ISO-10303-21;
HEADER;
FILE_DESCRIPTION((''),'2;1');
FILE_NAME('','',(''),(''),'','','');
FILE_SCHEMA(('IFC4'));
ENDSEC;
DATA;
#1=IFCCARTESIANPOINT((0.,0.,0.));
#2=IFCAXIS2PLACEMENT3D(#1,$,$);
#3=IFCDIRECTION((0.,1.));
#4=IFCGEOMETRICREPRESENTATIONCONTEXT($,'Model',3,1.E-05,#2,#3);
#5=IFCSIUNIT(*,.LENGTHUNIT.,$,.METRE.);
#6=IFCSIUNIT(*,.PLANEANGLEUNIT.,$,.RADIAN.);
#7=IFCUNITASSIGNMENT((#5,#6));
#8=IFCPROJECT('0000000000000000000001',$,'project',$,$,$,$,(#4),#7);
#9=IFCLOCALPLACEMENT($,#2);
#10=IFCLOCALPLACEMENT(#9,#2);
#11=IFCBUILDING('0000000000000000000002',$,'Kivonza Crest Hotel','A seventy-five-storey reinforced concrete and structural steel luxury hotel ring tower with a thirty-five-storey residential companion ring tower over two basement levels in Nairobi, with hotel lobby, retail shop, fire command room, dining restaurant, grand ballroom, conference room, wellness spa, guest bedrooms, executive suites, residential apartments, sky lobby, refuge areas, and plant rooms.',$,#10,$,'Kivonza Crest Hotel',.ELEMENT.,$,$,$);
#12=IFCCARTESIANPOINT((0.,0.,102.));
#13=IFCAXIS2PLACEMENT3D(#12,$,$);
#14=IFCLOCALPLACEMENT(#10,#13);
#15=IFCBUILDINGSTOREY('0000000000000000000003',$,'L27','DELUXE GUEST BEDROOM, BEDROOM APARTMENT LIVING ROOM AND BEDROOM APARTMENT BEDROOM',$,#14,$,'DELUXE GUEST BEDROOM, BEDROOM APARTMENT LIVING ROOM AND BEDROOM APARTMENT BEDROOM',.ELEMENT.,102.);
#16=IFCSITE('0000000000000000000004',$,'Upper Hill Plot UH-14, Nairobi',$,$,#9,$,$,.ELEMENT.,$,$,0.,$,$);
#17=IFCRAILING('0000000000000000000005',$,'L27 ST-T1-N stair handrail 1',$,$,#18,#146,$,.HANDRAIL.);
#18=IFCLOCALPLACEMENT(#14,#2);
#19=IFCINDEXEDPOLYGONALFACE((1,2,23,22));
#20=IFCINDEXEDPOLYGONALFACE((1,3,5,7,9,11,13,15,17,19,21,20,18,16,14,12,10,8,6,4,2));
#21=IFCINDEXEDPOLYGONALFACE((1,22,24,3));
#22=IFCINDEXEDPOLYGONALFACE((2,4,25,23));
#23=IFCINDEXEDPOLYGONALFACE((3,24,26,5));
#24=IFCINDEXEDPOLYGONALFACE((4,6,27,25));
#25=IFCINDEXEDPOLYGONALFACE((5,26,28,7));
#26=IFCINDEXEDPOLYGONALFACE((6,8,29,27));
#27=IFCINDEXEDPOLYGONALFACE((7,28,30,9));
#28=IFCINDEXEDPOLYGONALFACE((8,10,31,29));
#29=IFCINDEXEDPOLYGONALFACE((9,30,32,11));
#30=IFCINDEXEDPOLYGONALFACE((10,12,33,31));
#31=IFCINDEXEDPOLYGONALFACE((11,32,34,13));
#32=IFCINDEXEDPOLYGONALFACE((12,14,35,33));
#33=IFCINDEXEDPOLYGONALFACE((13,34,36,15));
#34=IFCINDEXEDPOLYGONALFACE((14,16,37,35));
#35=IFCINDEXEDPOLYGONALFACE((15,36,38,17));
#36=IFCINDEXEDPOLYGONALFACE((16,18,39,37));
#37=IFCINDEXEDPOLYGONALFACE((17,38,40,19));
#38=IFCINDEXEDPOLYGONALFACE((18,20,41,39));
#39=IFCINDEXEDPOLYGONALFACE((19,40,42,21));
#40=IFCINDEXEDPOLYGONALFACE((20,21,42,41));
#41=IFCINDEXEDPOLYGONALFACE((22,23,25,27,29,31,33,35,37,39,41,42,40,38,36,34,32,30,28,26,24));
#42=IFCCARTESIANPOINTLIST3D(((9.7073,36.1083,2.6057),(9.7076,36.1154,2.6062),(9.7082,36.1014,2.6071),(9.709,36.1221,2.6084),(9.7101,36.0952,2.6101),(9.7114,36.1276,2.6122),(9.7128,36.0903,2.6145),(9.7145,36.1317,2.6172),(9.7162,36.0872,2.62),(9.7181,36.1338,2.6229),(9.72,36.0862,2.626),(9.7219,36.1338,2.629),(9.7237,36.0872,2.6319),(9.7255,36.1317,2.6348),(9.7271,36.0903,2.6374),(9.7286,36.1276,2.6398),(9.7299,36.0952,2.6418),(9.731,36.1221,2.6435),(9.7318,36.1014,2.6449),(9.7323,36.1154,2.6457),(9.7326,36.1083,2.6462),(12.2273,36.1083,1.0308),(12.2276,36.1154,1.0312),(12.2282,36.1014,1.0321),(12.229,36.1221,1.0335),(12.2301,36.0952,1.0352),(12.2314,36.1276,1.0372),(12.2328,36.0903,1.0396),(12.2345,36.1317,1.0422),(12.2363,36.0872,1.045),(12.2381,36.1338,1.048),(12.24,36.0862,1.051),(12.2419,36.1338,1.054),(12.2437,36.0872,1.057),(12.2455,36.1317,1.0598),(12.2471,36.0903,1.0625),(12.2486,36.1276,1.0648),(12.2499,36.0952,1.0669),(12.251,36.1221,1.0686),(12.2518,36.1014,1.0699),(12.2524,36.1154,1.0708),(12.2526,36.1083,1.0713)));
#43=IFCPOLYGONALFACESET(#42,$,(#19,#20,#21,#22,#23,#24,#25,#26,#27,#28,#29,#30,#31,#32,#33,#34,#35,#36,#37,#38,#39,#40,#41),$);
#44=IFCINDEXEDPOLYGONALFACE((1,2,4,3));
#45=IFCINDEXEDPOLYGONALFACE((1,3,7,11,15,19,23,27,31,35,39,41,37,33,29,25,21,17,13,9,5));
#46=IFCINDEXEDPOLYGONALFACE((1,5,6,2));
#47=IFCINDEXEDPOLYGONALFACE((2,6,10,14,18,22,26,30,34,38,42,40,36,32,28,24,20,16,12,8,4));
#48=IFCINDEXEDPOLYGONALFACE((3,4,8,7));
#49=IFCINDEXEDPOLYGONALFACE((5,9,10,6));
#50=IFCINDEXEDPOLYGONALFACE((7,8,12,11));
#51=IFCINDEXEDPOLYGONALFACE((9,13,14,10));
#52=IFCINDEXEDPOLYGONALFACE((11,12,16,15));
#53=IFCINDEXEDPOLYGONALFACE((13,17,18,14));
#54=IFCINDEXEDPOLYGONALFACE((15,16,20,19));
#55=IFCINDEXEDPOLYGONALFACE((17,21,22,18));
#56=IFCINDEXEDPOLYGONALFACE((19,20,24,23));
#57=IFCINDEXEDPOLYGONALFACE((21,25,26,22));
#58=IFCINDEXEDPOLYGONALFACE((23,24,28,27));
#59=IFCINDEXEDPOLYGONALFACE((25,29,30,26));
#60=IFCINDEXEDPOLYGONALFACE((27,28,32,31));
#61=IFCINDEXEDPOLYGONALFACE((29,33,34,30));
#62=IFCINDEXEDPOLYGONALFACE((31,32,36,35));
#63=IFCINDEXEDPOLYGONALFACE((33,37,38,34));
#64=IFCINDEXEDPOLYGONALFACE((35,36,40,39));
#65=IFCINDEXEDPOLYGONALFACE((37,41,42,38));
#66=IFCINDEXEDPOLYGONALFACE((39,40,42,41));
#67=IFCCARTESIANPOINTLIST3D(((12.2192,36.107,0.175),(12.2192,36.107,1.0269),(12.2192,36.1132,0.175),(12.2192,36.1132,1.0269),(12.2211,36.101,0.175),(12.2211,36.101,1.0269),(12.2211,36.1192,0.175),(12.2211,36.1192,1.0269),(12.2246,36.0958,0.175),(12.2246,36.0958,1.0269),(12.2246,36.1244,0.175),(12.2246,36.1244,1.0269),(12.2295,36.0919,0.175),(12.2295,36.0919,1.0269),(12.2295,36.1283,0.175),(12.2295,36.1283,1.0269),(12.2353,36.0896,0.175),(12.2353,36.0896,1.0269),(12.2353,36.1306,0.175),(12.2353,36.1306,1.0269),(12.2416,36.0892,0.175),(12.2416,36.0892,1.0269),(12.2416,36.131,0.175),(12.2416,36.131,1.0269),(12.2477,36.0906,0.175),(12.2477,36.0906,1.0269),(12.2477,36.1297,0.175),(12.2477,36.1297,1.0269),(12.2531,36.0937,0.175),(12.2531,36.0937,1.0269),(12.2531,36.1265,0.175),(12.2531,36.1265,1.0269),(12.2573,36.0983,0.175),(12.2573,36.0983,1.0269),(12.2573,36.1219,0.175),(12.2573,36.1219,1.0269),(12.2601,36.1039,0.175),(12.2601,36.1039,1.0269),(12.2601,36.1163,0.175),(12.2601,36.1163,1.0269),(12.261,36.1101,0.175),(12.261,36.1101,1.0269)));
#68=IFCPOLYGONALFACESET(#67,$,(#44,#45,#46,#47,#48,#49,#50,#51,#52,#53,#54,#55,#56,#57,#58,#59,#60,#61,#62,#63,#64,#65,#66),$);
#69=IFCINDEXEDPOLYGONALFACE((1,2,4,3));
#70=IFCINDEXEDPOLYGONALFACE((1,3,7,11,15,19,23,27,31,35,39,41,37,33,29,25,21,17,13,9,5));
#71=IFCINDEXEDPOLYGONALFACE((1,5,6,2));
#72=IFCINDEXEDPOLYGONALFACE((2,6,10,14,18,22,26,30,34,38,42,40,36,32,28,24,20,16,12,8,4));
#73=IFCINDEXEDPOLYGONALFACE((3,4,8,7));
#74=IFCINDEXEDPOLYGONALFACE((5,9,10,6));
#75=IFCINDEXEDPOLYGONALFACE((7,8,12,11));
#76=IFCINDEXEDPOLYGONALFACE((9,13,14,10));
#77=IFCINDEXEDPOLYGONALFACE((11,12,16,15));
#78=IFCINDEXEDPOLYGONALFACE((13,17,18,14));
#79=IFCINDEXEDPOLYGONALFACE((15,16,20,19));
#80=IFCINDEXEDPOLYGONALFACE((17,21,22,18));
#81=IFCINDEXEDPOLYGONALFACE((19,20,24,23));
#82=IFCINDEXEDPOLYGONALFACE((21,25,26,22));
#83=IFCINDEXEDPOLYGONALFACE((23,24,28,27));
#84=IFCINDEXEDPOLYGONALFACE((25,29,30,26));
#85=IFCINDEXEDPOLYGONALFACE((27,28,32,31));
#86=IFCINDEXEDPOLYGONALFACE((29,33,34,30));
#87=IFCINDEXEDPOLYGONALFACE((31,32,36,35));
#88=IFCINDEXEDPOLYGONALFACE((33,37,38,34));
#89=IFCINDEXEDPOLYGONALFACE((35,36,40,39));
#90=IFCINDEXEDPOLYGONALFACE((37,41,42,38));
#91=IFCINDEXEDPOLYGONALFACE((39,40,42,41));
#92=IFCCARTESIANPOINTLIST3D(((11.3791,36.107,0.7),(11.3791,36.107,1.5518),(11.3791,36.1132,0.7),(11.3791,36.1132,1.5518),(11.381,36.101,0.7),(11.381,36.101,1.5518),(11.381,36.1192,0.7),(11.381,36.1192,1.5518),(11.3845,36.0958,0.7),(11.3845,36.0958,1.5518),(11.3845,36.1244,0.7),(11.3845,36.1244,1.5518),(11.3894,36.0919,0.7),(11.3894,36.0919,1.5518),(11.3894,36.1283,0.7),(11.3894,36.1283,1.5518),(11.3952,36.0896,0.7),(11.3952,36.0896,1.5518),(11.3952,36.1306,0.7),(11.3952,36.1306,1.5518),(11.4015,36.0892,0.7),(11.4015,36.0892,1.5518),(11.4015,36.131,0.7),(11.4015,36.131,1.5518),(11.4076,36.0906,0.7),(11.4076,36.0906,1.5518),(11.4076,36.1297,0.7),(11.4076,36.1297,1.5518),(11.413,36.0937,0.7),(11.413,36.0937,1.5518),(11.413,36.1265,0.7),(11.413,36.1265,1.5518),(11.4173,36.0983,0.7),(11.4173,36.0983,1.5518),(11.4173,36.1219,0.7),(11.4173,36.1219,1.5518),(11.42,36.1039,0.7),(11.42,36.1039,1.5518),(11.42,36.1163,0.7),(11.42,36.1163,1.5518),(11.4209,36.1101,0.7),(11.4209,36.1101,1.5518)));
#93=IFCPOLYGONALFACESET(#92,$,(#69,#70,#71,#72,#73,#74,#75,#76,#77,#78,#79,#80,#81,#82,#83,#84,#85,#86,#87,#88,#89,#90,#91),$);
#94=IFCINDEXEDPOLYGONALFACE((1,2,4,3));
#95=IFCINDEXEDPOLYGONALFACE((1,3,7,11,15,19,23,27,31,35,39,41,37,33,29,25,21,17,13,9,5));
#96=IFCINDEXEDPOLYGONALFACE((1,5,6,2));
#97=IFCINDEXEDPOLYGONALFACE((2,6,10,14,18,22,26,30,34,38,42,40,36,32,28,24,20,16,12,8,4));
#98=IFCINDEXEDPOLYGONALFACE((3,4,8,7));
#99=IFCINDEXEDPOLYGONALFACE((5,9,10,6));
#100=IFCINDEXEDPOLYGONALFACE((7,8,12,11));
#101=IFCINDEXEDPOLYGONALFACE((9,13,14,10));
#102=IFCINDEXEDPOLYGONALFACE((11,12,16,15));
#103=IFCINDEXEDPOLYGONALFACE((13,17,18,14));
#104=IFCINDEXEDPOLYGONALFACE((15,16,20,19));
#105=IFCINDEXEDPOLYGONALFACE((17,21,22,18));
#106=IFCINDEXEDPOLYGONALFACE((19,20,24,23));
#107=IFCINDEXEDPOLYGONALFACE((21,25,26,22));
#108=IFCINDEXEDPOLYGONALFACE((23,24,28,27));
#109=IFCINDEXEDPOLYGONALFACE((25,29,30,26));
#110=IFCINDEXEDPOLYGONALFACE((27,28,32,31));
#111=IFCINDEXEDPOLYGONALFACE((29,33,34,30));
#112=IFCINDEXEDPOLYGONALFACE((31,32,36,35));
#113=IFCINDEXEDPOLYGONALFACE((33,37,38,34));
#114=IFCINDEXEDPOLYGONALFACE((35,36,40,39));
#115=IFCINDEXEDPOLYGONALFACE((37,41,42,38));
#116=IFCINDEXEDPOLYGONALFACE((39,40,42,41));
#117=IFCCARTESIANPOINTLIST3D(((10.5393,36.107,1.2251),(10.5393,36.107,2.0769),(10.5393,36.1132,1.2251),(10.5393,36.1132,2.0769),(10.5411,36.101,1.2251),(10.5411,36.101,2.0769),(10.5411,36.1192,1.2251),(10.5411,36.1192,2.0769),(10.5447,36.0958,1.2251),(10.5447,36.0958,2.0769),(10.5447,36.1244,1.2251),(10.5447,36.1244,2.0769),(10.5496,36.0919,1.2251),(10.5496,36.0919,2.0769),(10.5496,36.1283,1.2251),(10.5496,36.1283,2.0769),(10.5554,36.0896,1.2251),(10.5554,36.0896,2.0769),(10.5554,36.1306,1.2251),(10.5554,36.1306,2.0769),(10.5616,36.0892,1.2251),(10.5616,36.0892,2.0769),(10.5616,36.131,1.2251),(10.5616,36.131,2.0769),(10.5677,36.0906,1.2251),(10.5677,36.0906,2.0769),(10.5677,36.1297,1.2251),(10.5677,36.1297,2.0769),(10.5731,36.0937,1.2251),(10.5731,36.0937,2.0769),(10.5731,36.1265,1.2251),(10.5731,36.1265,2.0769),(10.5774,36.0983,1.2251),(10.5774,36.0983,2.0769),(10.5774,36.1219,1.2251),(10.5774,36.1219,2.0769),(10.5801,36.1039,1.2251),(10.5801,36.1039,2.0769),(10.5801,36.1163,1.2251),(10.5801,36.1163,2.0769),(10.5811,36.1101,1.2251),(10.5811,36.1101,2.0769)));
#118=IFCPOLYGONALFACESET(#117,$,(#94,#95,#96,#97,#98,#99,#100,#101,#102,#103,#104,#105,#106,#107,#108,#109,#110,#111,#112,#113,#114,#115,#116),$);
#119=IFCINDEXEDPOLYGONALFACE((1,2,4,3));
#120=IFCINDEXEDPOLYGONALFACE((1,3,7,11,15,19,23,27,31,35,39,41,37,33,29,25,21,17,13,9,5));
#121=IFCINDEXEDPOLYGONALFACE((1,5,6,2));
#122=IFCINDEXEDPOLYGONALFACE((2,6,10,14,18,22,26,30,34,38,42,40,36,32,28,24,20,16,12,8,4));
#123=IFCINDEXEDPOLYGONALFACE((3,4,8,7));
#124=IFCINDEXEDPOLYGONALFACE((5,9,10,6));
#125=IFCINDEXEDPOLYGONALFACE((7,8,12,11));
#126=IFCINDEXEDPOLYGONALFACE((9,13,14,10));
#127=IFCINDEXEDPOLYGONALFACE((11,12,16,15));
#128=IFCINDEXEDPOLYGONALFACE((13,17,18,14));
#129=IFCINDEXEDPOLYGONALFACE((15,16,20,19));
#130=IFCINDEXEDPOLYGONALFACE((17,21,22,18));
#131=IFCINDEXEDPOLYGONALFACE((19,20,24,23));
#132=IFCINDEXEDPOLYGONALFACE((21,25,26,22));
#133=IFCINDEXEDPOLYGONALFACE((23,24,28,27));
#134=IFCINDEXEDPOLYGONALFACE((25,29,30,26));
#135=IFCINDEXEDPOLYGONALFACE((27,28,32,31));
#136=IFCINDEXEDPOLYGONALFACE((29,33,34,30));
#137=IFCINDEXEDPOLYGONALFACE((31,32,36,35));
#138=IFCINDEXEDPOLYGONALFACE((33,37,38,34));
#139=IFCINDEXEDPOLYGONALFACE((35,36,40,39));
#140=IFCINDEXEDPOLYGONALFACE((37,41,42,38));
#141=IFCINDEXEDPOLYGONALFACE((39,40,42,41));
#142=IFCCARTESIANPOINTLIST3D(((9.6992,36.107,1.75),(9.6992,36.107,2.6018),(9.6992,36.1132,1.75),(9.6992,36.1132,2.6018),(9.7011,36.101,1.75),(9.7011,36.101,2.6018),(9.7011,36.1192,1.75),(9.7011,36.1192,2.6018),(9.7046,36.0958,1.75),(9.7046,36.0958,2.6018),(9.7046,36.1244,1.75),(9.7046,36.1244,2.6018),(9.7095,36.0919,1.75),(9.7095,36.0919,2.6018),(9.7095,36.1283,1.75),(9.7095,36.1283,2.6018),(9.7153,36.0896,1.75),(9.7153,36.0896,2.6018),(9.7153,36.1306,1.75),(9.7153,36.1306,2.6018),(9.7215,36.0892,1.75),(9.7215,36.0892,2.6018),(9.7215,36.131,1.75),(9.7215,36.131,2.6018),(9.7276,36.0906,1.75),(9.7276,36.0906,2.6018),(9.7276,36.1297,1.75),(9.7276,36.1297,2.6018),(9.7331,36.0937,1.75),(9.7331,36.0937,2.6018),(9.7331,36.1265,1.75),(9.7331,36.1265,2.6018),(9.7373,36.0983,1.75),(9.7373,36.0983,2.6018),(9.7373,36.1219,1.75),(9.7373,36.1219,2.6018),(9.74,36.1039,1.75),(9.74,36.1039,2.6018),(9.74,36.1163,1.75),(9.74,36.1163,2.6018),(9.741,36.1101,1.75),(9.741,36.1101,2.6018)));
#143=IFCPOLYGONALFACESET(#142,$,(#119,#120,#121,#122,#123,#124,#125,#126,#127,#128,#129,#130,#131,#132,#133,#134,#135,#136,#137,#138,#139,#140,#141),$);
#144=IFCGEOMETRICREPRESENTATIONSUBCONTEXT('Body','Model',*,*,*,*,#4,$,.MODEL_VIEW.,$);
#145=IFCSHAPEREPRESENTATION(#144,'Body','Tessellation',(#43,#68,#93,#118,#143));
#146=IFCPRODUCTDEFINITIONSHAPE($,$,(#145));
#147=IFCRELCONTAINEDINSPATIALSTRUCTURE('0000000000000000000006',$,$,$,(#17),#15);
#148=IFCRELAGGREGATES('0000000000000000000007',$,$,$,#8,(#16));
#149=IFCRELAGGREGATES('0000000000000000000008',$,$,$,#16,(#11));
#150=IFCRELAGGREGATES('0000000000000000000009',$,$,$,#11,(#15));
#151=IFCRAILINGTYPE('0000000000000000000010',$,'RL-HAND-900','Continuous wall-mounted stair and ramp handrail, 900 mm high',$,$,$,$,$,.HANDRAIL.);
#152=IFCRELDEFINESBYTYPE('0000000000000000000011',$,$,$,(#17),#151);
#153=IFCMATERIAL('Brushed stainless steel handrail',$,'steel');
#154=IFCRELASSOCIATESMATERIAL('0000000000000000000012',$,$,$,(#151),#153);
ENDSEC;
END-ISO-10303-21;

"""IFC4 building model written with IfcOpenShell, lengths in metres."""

from ifc_helpers import new_model, si_unit, direction, frame, origin, origin_2d, place, context, subcontext, project, spatial, circle, extrude, material, type_object, element, save


model = new_model("IFC4")

# Units and contexts
model_context = context("Model", 3, precision=1e-05, world=origin(), true_north=direction((0.0, 1.0)))
body_context = subcontext(model_context, "Body", "Model", "MODEL_VIEW")
ifc_project = project(units=[si_unit("LENGTHUNIT", "METRE"), si_unit("PLANEANGLEUNIT", "RADIAN")], contexts=[model_context])

# Site, building, storey
site_placement = place(None, origin())
site = spatial("IfcSite", under=ifc_project, at=site_placement, Name="Upper Hill Plot UH-14, Nairobi", CompositionType="ELEMENT", RefElevation=0.0)
building_placement = place(site_placement, origin())
building = spatial("IfcBuilding", under=site, at=building_placement, Name="Kivonza Crest Hotel", Description="A seventy-five-storey reinforced concrete and structural steel luxury hotel ring tower with a thirty-five-storey residential companion ring tower over two basement levels in Nairobi, with hotel lobby, retail shop, fire command room, dining restaurant, grand ballroom, conference room, wellness spa, guest bedrooms, executive suites, residential apartments, sky lobby, refuge areas, and plant rooms.", LongName="Kivonza Crest Hotel", CompositionType="ELEMENT")
storey_placement = place(building_placement, frame((0.0, 0.0, 102.0)))
storey = spatial("IfcBuildingStorey", under=building, at=storey_placement, Name="L27", Description="DELUXE GUEST BEDROOM, BEDROOM APARTMENT LIVING ROOM AND BEDROOM APARTMENT BEDROOM", LongName="DELUXE GUEST BEDROOM, BEDROOM APARTMENT LIVING ROOM AND BEDROOM APARTMENT BEDROOM", CompositionType="ELEMENT", Elevation=102.0)

# Railing
ifc_material_1 = material(Name="Brushed stainless steel handrail", Category="steel")
railing_type_1 = type_object("IfcRailingType", Name="RL-HAND-900", Description="Continuous wall-mounted stair and ramp handrail, 900 mm high", PredefinedType="HANDRAIL", material=ifc_material_1)
railing_1_placement = place(storey_placement, frame((12.24, 36.1101, 0.175)))
element("IfcRailing", 1, at=railing_1_placement, inside=storey, type_object=railing_type_1, Name="L27 ST-T1-N stair handrail 1", PredefinedType="HANDRAIL", context=body_context, shape_type="SweptSolid", body=[
    extrude(circle(Radius=0.0239, at=origin_2d()), frame((0.0, 0.0, 0.876), z_axis=(-0.848008, 0.0, 0.529984), x_axis=(0.0, -1.0, 0.0)), (0.0, 0.0, 1.0), 2.9717),
    extrude(circle(Radius=0.021, at=origin_2d()), origin(), (0.0, 0.0, 1.0), 0.8518),
    extrude(circle(Radius=0.021, at=origin_2d()), frame((-0.8401, 0.0, 0.5249)), (0.0, 0.0, 1.0), 0.8518),
    extrude(circle(Radius=0.021, at=origin_2d()), frame((-1.6799, 0.0, 1.05)), (0.0, 0.0, 1.0), 0.8518),
    extrude(circle(Radius=0.021, at=origin_2d()), frame((-2.52, 0.0, 1.575)), (0.0, 0.0, 1.0), 0.8518),
])

save(model, "model.ifc")
